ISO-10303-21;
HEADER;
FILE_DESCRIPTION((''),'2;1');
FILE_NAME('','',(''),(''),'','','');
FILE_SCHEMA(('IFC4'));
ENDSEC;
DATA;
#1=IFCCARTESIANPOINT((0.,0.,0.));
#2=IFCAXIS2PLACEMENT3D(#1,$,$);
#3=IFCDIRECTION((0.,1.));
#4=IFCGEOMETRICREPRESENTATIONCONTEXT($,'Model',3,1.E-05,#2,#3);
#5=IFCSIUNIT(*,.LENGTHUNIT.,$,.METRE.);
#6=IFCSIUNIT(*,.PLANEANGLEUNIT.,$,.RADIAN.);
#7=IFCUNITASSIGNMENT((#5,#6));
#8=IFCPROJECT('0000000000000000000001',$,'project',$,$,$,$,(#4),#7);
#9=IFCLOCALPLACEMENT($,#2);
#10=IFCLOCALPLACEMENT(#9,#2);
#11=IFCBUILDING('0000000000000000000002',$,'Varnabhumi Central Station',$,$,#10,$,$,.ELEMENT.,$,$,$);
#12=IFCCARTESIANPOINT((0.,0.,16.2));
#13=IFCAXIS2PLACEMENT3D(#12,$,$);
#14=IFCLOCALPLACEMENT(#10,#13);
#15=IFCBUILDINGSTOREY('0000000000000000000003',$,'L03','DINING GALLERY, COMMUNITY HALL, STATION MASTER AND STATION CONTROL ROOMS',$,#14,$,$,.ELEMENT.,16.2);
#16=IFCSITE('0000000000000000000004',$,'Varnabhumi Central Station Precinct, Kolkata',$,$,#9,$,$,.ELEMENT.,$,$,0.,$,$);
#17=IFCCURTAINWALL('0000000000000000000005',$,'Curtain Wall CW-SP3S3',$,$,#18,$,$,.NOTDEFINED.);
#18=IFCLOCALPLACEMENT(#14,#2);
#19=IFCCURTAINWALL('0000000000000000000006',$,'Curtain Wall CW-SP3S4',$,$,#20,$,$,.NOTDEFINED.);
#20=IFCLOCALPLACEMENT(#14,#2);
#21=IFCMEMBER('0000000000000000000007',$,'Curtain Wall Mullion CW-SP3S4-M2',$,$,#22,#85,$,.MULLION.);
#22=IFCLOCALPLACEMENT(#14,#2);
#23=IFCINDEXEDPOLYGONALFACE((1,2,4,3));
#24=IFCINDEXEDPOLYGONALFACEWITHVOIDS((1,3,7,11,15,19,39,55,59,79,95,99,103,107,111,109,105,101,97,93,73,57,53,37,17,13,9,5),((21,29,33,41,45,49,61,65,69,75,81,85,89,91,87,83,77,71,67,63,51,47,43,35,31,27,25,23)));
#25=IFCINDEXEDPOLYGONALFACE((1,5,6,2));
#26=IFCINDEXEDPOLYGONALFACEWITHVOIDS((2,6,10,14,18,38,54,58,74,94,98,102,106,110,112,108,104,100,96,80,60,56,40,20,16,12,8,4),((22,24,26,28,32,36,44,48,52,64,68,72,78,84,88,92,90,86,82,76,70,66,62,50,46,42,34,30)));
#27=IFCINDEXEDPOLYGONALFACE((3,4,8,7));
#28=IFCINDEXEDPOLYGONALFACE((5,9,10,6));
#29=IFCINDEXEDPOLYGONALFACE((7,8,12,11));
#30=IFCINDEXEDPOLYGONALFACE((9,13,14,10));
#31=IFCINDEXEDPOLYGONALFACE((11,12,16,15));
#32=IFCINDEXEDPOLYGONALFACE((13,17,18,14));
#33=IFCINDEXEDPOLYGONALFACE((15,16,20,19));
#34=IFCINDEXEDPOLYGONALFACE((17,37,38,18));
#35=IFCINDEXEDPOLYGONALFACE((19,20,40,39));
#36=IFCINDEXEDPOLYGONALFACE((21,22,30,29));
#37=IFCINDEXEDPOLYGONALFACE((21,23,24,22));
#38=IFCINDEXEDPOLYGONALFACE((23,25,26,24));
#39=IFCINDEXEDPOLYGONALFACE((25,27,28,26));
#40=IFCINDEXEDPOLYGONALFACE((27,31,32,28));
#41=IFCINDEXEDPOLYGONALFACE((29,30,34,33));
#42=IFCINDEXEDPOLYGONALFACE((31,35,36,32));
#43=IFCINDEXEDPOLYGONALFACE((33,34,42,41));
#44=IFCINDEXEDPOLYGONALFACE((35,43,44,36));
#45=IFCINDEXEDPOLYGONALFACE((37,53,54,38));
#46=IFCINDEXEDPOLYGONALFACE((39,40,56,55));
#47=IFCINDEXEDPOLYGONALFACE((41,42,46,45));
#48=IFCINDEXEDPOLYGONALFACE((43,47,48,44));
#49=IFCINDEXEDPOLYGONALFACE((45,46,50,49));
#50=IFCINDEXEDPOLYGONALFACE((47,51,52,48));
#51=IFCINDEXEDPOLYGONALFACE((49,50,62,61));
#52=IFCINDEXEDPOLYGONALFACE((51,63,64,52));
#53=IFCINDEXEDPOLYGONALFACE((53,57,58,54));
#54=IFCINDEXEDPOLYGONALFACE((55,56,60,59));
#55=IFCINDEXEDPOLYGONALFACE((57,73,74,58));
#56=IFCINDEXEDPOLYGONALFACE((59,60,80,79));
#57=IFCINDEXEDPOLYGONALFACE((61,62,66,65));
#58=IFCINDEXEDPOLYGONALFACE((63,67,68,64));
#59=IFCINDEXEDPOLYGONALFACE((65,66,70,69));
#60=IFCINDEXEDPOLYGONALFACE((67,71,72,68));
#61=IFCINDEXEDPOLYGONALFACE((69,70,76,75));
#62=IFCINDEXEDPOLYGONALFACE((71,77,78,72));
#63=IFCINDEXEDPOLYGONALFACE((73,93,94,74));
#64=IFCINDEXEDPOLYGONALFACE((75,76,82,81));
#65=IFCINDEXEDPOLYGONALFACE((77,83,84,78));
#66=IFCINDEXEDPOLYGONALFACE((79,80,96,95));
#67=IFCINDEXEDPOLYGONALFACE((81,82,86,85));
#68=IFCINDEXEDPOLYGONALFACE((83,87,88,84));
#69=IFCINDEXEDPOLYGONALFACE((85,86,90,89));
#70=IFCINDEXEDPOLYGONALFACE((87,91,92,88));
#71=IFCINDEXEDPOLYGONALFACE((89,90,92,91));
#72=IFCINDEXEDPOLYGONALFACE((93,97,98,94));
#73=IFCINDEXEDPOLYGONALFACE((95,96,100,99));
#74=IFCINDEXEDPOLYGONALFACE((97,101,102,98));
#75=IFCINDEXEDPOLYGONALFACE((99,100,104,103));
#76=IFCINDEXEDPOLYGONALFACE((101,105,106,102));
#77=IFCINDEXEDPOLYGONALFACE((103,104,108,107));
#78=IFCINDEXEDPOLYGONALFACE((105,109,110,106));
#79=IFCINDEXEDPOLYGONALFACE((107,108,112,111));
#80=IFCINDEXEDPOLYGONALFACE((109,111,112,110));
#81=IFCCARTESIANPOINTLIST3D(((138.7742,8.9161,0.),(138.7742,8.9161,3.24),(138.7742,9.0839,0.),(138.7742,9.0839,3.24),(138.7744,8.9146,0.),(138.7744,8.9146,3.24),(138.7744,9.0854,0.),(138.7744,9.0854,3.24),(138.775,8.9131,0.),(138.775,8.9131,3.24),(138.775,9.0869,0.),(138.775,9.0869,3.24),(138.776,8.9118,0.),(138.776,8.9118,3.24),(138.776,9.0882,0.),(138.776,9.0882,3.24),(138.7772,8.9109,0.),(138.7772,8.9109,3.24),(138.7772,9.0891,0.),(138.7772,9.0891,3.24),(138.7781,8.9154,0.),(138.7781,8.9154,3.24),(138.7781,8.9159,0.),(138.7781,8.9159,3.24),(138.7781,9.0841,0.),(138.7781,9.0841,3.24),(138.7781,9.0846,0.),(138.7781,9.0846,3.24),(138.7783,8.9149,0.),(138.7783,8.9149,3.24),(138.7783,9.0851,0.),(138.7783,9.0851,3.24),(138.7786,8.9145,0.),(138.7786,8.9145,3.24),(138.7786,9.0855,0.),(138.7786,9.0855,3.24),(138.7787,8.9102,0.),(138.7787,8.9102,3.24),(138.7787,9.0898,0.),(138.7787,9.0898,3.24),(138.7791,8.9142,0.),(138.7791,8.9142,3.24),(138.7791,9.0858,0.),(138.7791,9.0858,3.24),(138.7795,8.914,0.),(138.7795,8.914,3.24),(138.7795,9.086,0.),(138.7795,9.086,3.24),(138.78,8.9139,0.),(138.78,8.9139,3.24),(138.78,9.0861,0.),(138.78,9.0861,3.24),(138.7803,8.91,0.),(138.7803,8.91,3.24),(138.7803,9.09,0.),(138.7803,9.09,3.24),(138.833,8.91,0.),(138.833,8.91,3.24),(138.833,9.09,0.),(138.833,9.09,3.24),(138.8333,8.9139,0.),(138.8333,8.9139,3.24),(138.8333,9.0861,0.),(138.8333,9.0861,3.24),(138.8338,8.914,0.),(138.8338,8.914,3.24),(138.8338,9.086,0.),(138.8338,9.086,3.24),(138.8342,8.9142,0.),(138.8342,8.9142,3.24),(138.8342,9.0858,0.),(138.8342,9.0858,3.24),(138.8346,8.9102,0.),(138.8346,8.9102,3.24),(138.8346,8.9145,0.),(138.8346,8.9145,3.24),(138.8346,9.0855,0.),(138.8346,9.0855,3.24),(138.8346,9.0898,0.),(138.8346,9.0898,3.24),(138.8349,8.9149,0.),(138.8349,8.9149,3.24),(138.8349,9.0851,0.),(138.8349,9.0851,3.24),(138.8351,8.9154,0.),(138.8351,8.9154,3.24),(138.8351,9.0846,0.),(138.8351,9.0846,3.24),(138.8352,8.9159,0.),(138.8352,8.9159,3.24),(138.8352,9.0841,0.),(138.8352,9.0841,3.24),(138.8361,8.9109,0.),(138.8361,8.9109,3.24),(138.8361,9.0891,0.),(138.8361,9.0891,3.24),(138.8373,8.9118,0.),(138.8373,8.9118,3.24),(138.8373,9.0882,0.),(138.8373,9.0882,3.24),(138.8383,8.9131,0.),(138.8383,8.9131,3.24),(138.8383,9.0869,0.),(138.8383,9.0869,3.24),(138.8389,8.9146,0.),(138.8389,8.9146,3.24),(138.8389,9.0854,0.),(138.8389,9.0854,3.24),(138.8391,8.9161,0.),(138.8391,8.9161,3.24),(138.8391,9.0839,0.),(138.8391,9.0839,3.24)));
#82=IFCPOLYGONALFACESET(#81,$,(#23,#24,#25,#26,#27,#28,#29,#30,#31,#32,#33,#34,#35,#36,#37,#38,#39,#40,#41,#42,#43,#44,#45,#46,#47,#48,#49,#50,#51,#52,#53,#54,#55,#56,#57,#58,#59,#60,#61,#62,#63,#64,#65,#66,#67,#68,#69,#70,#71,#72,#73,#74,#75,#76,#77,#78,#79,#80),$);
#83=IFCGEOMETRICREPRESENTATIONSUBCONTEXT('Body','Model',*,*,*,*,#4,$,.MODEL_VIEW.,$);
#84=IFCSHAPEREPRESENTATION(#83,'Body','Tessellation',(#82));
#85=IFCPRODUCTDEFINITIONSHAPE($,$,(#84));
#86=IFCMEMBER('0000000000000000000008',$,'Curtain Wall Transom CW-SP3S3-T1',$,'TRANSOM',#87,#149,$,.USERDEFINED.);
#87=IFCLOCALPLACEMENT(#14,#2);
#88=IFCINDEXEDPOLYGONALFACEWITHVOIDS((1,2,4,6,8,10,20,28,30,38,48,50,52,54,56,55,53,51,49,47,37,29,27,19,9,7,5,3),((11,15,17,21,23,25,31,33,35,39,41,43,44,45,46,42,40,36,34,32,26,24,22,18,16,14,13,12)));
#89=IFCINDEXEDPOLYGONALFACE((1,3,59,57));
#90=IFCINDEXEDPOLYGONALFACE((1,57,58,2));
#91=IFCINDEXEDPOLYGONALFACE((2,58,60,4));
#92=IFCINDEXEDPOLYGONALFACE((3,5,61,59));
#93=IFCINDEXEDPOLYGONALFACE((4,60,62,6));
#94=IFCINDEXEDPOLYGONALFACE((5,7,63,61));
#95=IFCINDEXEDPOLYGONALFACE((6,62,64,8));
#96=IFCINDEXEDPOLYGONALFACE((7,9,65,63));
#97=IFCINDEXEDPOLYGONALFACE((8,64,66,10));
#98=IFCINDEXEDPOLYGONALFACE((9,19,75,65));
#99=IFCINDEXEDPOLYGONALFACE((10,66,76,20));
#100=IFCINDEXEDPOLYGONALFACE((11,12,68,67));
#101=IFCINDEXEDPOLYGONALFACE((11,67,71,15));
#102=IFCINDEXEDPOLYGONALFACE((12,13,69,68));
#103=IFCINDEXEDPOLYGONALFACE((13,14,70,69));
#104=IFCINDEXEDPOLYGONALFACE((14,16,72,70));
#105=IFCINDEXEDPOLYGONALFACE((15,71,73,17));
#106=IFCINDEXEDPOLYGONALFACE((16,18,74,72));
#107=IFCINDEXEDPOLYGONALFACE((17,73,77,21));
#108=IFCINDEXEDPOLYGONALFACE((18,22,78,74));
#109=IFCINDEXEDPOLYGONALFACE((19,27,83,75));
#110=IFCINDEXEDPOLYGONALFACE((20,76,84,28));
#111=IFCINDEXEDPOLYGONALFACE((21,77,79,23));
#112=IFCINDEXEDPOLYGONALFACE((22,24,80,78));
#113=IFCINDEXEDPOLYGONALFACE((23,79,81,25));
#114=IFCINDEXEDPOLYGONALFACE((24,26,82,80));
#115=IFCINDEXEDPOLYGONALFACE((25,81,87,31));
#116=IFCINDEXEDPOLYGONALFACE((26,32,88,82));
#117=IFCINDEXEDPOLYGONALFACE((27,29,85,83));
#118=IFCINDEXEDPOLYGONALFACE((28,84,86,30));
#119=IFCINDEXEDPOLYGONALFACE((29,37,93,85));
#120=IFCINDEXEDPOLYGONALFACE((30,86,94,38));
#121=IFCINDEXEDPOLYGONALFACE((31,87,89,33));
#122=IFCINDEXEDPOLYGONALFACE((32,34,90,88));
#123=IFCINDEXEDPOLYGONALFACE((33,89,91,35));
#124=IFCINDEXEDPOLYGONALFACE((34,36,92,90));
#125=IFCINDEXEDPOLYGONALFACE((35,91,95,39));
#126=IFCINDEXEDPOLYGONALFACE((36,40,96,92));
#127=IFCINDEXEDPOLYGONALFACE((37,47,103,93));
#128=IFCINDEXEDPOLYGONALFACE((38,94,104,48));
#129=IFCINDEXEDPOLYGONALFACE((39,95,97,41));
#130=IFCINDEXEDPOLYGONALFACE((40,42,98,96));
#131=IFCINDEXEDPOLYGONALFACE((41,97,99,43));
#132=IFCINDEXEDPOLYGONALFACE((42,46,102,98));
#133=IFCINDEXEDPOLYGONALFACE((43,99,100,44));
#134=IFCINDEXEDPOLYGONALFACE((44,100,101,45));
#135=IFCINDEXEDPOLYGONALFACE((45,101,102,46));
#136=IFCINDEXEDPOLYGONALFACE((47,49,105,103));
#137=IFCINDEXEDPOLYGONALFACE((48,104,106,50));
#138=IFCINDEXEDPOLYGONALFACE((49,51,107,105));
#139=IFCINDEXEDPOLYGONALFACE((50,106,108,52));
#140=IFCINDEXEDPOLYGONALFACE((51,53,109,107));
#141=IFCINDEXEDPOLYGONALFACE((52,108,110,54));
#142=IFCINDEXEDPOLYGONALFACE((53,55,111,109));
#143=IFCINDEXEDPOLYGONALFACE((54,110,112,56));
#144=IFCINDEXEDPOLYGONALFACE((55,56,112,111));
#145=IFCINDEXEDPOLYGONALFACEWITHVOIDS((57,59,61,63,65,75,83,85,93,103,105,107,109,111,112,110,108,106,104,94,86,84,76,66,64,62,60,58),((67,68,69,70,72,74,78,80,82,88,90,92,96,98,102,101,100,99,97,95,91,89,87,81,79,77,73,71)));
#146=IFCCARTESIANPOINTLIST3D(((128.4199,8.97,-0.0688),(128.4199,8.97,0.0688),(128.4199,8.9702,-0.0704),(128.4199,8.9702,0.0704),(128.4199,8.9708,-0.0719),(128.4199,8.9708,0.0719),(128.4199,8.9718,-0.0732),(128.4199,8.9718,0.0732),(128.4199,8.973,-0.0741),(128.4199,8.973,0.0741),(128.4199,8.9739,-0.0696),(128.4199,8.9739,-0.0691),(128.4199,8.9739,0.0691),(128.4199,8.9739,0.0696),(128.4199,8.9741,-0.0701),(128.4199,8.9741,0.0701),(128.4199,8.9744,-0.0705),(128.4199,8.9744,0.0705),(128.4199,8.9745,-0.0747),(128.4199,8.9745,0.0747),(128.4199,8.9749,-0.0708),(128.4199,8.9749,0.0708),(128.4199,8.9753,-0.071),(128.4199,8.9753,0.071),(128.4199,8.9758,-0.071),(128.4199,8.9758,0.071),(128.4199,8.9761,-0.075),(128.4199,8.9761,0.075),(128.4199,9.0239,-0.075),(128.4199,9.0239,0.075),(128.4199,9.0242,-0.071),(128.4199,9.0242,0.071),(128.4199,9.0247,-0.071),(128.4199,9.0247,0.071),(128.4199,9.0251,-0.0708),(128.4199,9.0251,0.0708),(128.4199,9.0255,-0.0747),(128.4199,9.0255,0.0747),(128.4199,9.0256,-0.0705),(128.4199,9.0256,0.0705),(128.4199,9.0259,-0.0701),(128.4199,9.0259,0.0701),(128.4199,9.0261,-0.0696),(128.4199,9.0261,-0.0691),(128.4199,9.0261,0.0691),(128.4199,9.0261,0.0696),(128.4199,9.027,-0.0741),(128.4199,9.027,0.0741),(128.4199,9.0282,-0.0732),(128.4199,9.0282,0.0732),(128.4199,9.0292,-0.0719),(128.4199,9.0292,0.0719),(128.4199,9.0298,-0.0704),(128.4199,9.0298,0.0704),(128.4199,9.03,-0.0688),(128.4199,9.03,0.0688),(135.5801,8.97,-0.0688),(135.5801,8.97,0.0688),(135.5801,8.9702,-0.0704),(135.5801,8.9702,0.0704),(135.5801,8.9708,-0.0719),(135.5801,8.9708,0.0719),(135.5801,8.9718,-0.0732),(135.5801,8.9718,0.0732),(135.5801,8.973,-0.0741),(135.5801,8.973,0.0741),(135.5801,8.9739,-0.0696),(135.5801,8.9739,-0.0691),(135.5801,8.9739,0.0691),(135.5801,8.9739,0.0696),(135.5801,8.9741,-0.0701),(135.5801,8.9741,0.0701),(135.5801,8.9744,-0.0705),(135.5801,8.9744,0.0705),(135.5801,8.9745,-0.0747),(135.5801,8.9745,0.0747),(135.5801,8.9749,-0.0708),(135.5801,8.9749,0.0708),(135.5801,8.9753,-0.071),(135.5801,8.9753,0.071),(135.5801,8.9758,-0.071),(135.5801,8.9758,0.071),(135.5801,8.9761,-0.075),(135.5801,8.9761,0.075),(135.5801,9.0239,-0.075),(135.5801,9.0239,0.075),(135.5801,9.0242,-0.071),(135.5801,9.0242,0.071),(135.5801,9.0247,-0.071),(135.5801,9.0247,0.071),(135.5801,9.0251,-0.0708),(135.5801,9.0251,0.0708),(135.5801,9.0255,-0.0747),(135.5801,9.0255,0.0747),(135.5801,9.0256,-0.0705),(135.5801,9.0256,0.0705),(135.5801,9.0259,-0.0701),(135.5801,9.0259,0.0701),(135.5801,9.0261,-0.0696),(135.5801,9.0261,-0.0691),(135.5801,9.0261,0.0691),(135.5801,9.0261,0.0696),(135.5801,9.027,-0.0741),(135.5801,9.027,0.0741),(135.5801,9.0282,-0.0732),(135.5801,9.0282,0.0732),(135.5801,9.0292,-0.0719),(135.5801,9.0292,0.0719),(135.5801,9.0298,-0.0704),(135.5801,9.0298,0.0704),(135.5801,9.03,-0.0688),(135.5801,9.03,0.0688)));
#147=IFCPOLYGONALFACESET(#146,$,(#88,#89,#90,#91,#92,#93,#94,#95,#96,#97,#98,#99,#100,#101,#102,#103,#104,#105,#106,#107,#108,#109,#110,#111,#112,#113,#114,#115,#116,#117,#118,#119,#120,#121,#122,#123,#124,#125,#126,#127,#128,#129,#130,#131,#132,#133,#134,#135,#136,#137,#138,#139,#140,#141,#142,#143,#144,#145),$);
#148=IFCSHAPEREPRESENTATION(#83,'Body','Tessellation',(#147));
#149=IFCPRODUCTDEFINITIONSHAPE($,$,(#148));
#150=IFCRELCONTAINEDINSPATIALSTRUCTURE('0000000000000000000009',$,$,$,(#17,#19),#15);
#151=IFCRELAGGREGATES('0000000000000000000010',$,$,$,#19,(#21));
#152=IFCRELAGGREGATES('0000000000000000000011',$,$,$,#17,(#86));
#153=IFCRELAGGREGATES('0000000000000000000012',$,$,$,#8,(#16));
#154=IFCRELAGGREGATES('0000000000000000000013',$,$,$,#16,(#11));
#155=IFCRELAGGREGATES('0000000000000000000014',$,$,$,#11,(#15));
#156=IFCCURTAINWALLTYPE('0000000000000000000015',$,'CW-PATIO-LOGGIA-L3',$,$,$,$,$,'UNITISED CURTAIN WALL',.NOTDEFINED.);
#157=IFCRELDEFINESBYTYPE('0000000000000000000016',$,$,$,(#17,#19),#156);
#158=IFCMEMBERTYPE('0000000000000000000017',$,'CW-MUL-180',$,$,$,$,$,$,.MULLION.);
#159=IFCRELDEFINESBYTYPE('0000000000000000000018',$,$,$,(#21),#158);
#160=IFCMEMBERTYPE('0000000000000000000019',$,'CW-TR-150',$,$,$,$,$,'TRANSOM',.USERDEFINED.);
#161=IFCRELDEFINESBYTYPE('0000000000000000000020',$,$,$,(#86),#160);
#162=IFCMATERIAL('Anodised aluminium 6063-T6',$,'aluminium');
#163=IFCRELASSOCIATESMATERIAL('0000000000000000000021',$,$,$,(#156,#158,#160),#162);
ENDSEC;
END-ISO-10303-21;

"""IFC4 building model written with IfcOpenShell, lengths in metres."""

from ifc_helpers import new_model, si_unit, direction, frame, origin, origin_2d, place, context, subcontext, project, spatial, hollow_rectangle, extrude, material, material_profile, profile_set, type_object, element, aggregate, save


model = new_model("IFC4")

# Units and contexts
model_context = context("Model", 3, precision=1e-05, world=origin(), true_north=direction((0.0, 1.0)))
body_context = subcontext(model_context, "Body", "Model", "MODEL_VIEW")
ifc_project = project(units=[si_unit("LENGTHUNIT", "METRE"), si_unit("PLANEANGLEUNIT", "RADIAN")], contexts=[model_context])

# Site, building, storey
site_placement = place(None, origin())
site = spatial("IfcSite", under=ifc_project, at=site_placement, Name="Varnabhumi Central Station Precinct, Kolkata", CompositionType="ELEMENT", RefElevation=0.0)
building_placement = place(site_placement, origin())
building = spatial("IfcBuilding", under=site, at=building_placement, Name="Varnabhumi Central Station", CompositionType="ELEMENT")
storey_placement = place(building_placement, frame((0.0, 0.0, 16.2)))
storey = spatial("IfcBuildingStorey", under=building, at=storey_placement, Name="L03", Description="DINING GALLERY, COMMUNITY HALL, STATION MASTER AND STATION CONTROL ROOMS", CompositionType="ELEMENT", Elevation=16.2)

# Shared definitions
ifc_material_1 = material(Name="Anodised aluminium 6063-T6", Category="aluminium")
curtain_wall_type = type_object("IfcCurtainWallType", Name="CW-PATIO-LOGGIA-L3", ElementType="UNITISED CURTAIN WALL", PredefinedType="NOTDEFINED", material=ifc_material_1)
ifc_material_profile_1 = material_profile(ifc_material_1, hollow_rectangle(XDim=0.0649, YDim=0.1799, WallThickness=0.0039, InnerFilletRadius=0.002, OuterFilletRadius=0.0061, at=origin_2d()), Name="Anodised aluminium 6063-T6", Category="aluminium")
ifc_profile_set_1 = profile_set([ifc_material_profile_1], Name="Anodised aluminium 6063-T6")
member_type_1 = type_object("IfcMemberType", Name="CW-MUL-180", PredefinedType="MULLION", material=ifc_profile_set_1)

# Curtain walls, member
curtain_wall_1_placement = place(storey_placement, origin())
curtain_wall_1 = element("IfcCurtainWall", 1, at=curtain_wall_1_placement, inside=storey, type_object=curtain_wall_type, Name="Curtain Wall CW-SP3S3", PredefinedType="NOTDEFINED")
curtain_wall_2_placement = place(storey_placement, origin())
curtain_wall_2 = element("IfcCurtainWall", 2, at=curtain_wall_2_placement, inside=storey, type_object=curtain_wall_type, Name="Curtain Wall CW-SP3S4", PredefinedType="NOTDEFINED")
member_1_placement = place(storey_placement, frame((138.8066, 9.0, 0.0), z_axis=(0.0, 0.0, 1.0), x_axis=(1.0, 0.0, 0.0)))
member_1 = element("IfcMember", 3, at=member_1_placement, type_object=member_type_1, Name="Curtain Wall Mullion CW-SP3S4-M2", PredefinedType="MULLION", context=body_context, shape_type="SweptSolid", body=[
    extrude(hollow_rectangle(XDim=0.0649, YDim=0.1799, WallThickness=0.0039, InnerFilletRadius=0.002, OuterFilletRadius=0.0061, at=origin_2d()), origin(), (0.0, 0.0, 1.0), 3.24),
])

# Member
ifc_material_profile_2 = material_profile(ifc_material_1, hollow_rectangle(XDim=0.0601, YDim=0.1499, WallThickness=0.0039, InnerFilletRadius=0.002, OuterFilletRadius=0.0061, at=origin_2d()), Name="Anodised aluminium 6063-T6", Category="aluminium")
ifc_profile_set_2 = profile_set([ifc_material_profile_2], Name="Anodised aluminium 6063-T6")
member_type_2 = type_object("IfcMemberType", Name="CW-TR-150", ElementType="TRANSOM", PredefinedType="USERDEFINED", material=ifc_profile_set_2)
member_2_placement = place(storey_placement, frame((128.4199, 9.0, 0.0), z_axis=(1.0, 0.0, 0.0), x_axis=(0.0, 1.0, 0.0)))
member_2 = element("IfcMember", 4, at=member_2_placement, type_object=member_type_2, Name="Curtain Wall Transom CW-SP3S3-T1", ObjectType="TRANSOM", PredefinedType="USERDEFINED", context=body_context, shape_type="SweptSolid", body=[
    extrude(hollow_rectangle(XDim=0.0601, YDim=0.1499, WallThickness=0.0039, InnerFilletRadius=0.002, OuterFilletRadius=0.0061, at=origin_2d()), origin(), (0.0, 0.0, 1.0), 7.1602),
])

aggregate(curtain_wall_2, [member_1])
aggregate(curtain_wall_1, [member_2])

save(model, "model.ifc")
